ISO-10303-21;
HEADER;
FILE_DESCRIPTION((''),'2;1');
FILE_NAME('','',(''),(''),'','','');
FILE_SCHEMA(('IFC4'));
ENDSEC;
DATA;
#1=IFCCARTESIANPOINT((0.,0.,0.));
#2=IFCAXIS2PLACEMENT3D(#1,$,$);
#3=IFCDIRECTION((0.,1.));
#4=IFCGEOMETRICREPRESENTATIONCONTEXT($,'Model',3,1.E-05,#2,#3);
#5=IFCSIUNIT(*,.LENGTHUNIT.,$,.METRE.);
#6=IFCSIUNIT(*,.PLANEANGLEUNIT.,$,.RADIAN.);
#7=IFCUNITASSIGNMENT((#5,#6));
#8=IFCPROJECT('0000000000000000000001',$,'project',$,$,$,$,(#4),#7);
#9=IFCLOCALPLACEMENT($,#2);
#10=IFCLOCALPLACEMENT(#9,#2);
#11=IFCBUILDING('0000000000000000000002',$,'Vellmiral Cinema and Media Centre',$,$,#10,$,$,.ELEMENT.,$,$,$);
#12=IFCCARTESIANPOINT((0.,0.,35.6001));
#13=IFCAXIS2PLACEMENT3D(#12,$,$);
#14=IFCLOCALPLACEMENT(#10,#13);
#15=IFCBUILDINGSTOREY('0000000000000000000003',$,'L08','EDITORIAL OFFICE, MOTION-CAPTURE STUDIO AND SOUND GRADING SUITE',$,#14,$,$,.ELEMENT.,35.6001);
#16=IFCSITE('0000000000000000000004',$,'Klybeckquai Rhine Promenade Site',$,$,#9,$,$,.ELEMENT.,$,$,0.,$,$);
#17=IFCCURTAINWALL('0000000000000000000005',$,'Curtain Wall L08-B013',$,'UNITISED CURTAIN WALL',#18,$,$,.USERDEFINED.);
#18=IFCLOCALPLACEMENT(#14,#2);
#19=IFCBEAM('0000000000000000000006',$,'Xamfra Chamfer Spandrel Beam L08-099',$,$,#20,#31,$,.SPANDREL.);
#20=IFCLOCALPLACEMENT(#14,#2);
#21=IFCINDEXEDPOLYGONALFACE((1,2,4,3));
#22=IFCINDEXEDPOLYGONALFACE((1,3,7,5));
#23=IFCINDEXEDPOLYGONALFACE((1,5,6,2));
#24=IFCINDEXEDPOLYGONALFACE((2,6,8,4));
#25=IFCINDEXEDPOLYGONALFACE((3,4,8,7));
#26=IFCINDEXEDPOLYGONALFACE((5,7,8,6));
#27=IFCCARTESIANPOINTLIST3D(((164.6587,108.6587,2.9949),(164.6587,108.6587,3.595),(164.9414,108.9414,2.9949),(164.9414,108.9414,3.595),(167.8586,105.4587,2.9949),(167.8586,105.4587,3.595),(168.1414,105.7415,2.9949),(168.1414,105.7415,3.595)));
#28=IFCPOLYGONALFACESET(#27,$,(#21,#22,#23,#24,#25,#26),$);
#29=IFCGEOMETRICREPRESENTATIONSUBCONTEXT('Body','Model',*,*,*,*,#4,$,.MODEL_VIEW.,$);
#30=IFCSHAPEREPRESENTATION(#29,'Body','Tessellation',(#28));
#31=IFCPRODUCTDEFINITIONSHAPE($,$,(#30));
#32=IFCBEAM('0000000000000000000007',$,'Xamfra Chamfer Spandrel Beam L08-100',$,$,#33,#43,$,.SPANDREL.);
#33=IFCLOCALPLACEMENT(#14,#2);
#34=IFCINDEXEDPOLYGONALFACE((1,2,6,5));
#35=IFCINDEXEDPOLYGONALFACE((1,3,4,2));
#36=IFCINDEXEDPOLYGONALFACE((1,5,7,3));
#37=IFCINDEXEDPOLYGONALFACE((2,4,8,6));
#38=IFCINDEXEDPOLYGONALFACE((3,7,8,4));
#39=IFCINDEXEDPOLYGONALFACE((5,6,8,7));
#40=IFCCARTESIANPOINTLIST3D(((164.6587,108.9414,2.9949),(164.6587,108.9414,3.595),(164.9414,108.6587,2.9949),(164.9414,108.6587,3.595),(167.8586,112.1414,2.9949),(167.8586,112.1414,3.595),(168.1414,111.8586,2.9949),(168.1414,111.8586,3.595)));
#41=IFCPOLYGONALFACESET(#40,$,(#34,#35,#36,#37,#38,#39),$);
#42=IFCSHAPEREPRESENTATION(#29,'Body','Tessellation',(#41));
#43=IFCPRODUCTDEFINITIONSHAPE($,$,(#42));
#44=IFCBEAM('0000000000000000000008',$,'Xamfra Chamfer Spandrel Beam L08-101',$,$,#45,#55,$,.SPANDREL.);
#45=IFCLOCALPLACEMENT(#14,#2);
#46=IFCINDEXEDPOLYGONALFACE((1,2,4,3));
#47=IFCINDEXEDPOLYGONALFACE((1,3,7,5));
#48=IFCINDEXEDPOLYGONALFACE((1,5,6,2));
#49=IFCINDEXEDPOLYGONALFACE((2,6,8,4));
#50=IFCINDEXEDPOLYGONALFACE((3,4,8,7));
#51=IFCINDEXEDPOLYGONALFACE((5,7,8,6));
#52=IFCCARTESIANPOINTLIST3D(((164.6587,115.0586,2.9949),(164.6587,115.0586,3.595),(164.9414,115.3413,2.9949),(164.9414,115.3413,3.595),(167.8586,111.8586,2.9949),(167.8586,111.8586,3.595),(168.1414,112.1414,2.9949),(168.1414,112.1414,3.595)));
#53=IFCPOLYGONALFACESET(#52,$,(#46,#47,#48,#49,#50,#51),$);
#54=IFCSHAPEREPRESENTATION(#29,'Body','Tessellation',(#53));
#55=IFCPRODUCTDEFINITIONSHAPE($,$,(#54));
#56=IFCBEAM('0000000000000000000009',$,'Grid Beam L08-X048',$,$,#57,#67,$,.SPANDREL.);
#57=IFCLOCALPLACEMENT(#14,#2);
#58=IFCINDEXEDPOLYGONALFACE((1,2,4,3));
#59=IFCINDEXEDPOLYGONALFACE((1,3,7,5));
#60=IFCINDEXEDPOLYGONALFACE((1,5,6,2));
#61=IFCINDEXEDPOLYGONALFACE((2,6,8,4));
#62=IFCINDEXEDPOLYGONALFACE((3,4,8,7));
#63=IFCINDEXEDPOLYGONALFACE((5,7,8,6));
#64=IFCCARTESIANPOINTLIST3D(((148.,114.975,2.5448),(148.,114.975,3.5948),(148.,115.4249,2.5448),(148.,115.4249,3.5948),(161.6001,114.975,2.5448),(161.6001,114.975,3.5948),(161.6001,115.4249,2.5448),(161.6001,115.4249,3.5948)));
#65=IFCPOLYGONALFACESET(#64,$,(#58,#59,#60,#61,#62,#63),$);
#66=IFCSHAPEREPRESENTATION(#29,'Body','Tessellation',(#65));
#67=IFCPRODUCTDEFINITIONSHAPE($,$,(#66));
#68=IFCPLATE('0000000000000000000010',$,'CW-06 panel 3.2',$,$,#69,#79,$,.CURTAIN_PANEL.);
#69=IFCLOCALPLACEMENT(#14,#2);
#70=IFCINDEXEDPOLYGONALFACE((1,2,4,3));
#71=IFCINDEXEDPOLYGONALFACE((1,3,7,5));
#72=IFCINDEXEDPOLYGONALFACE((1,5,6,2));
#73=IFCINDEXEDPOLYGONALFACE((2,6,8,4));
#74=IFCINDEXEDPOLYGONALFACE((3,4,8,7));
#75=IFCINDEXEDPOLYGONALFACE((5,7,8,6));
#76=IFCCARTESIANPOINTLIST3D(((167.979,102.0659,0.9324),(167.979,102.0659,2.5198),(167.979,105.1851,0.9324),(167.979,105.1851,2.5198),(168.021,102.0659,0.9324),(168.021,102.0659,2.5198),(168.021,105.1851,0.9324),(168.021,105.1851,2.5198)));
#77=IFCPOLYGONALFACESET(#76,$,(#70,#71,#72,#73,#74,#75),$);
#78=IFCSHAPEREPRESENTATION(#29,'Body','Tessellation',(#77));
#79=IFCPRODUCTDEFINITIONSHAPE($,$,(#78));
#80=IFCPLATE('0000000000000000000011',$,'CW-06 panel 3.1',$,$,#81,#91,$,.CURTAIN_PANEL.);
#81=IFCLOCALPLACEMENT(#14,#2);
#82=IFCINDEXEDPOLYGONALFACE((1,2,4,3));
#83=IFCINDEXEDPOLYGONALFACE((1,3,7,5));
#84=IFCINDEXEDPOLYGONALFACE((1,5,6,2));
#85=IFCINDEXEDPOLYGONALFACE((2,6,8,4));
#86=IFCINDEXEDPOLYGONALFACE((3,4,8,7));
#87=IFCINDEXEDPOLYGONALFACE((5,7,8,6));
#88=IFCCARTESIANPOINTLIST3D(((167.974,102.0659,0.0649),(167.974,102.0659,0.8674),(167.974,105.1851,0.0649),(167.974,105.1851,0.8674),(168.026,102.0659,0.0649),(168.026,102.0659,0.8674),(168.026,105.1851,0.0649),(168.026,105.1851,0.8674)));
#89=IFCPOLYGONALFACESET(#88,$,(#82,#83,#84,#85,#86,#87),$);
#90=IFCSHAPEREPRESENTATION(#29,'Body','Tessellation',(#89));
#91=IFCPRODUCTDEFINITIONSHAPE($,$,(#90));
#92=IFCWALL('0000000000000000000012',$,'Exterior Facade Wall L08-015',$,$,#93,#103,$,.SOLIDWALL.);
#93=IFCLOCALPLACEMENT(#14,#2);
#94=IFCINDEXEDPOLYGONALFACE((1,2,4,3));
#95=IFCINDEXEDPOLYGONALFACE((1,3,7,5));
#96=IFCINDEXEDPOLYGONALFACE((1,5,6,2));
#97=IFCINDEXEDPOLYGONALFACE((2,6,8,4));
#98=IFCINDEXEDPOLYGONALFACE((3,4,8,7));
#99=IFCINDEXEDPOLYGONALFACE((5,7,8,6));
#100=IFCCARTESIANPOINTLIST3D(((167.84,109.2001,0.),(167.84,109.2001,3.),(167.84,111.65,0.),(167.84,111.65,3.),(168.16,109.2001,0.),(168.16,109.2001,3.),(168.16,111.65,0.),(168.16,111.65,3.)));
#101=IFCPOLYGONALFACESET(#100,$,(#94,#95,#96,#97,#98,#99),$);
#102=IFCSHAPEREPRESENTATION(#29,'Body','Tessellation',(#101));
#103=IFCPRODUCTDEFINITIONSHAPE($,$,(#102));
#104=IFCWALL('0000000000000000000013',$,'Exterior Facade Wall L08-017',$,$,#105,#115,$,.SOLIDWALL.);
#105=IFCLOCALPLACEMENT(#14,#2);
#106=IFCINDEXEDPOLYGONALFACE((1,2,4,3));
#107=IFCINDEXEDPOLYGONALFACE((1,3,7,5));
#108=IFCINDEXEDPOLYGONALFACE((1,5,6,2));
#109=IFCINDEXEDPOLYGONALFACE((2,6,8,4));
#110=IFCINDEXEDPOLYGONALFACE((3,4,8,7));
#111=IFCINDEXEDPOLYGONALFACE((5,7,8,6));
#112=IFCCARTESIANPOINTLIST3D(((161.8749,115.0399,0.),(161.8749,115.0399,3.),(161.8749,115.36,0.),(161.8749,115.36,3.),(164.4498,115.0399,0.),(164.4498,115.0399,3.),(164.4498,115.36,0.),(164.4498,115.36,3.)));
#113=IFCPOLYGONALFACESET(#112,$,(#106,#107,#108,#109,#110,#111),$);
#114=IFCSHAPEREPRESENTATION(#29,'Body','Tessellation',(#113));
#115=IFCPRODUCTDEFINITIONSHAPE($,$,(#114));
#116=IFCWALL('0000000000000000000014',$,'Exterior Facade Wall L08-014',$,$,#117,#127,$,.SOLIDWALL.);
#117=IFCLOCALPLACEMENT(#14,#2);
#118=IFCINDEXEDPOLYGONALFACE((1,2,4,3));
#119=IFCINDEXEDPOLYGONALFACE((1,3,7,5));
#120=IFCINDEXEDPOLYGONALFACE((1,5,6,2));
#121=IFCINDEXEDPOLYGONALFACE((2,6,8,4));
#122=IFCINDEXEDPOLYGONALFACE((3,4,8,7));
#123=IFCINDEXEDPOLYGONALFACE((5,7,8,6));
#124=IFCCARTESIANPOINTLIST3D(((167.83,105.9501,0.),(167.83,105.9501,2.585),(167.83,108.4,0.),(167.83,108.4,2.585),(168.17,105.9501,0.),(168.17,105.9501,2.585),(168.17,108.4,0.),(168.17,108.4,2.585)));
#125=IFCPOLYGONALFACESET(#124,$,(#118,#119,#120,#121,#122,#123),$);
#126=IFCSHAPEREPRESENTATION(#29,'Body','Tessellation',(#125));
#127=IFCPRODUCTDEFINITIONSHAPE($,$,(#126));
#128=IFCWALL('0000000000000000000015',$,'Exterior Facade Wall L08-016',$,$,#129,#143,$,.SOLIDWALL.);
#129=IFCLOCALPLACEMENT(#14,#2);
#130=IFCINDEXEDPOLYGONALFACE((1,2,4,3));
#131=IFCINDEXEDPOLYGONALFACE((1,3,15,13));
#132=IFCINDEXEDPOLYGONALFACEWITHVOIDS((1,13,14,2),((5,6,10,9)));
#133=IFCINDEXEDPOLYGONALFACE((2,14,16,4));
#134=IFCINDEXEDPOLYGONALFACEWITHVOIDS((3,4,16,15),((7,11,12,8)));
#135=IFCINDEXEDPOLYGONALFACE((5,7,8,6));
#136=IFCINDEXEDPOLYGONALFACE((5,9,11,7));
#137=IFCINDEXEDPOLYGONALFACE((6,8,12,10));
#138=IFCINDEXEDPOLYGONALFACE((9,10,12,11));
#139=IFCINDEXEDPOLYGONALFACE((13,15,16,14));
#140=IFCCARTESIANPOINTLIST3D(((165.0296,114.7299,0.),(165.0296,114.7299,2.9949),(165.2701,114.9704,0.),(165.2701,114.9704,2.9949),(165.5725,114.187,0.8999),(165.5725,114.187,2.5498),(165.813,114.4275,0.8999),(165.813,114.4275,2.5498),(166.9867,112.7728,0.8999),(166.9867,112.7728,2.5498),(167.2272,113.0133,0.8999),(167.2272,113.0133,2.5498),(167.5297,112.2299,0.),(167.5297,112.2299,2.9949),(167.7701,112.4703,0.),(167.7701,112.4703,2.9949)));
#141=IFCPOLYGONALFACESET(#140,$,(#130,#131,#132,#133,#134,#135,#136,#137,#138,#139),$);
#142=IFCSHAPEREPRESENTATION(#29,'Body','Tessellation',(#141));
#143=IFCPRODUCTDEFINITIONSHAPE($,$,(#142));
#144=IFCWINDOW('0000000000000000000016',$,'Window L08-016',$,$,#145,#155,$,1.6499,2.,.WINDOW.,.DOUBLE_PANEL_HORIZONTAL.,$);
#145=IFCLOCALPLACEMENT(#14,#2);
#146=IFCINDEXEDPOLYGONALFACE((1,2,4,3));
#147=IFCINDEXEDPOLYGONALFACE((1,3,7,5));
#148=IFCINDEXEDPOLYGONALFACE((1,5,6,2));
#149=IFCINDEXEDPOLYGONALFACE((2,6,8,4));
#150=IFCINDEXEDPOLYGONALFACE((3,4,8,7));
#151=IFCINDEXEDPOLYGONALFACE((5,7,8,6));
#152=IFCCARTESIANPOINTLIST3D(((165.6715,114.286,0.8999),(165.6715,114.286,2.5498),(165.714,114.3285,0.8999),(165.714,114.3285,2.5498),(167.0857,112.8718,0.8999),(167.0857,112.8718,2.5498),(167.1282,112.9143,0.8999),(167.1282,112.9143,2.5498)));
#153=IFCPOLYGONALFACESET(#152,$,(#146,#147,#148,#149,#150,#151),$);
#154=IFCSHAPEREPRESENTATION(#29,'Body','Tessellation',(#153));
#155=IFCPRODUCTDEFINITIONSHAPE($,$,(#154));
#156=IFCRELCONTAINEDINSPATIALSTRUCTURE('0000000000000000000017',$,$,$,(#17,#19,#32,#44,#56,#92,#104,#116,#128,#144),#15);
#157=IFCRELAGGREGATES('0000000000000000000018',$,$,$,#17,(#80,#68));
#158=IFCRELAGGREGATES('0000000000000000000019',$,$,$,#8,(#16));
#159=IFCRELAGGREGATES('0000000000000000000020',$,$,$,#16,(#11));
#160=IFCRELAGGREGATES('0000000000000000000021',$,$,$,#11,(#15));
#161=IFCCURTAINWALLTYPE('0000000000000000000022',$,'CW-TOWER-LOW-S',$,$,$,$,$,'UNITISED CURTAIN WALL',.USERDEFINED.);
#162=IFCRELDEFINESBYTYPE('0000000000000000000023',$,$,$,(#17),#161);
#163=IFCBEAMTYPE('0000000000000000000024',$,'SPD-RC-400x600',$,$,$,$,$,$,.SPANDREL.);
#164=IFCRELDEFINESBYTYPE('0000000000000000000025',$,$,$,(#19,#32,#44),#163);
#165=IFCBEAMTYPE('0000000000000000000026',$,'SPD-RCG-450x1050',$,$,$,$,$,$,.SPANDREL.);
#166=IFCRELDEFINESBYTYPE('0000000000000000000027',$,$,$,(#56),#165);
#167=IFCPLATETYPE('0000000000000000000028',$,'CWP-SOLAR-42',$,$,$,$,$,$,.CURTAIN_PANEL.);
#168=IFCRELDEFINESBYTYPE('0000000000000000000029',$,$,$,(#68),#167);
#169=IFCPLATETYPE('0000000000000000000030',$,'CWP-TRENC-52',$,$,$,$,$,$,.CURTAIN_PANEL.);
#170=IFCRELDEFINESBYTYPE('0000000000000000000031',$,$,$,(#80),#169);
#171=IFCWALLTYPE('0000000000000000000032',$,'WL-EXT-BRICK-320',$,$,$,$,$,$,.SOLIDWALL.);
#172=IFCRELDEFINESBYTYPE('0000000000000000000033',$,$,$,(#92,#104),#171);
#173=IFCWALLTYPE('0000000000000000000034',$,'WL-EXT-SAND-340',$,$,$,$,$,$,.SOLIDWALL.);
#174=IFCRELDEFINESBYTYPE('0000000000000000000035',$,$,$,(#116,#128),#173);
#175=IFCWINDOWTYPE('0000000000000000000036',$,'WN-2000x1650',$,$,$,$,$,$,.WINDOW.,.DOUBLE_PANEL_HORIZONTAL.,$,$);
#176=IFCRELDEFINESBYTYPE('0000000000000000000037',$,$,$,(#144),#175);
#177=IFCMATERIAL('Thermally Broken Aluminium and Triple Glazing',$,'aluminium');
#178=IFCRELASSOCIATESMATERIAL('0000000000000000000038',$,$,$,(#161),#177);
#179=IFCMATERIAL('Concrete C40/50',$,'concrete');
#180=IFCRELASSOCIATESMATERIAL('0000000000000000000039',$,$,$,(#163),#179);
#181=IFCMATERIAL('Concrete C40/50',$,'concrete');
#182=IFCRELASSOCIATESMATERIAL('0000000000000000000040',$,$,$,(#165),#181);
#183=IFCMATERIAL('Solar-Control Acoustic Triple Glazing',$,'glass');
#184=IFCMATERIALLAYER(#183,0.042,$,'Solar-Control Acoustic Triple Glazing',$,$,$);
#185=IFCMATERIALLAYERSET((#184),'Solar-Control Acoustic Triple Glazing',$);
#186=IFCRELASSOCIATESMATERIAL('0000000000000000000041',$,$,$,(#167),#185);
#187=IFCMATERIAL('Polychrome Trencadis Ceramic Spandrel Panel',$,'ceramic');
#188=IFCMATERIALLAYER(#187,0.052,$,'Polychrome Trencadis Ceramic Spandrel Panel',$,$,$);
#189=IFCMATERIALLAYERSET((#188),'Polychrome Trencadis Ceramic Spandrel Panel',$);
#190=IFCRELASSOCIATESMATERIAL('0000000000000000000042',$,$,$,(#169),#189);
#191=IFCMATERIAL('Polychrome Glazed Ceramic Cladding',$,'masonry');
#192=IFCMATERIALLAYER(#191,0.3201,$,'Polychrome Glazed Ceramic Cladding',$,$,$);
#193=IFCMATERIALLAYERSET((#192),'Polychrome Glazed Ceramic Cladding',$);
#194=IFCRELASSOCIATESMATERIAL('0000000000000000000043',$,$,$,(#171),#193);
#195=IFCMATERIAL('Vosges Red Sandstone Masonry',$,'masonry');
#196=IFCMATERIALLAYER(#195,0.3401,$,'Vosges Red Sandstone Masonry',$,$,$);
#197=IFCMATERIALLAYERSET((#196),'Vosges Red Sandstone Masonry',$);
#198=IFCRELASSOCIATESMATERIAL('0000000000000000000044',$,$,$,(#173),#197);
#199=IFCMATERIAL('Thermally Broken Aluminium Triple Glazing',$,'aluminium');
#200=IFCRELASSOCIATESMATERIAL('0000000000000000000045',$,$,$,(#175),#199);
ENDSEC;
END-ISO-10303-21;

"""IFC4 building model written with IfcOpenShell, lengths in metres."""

from ifc_helpers import new_model, si_unit, direction, frame, frame_2d, origin, origin_2d, place, context, subcontext, project, spatial, rectangle, extrude, material, layer, layer_set, material_profile, profile_set, type_object, element, fill, aggregate, save


model = new_model("IFC4")

# Units and contexts
model_context = context("Model", 3, precision=1e-05, world=origin(), true_north=direction((0.0, 1.0)))
body_context = subcontext(model_context, "Body", "Model", "MODEL_VIEW")
ifc_project = project(units=[si_unit("LENGTHUNIT", "METRE"), si_unit("PLANEANGLEUNIT", "RADIAN")], contexts=[model_context])

# Site, building, storey
site_placement = place(None, origin())
site = spatial("IfcSite", under=ifc_project, at=site_placement, Name="Klybeckquai Rhine Promenade Site", CompositionType="ELEMENT", RefElevation=0.0)
building_placement = place(site_placement, origin())
building = spatial("IfcBuilding", under=site, at=building_placement, Name="Vellmiral Cinema and Media Centre", CompositionType="ELEMENT")
storey_placement = place(building_placement, frame((0.0, 0.0, 35.6001)))
storey = spatial("IfcBuildingStorey", under=building, at=storey_placement, Name="L08", Description="EDITORIAL OFFICE, MOTION-CAPTURE STUDIO AND SOUND GRADING SUITE", CompositionType="ELEMENT", Elevation=35.6001)

# Curtain wall
ifc_material_1 = material(Name="Thermally Broken Aluminium and Triple Glazing", Category="aluminium")
curtain_wall_type = type_object("IfcCurtainWallType", Name="CW-TOWER-LOW-S", ElementType="UNITISED CURTAIN WALL", PredefinedType="USERDEFINED", material=ifc_material_1)
curtain_wall_placement = place(storey_placement, origin())
curtain_wall = element("IfcCurtainWall", 1, at=curtain_wall_placement, inside=storey, type_object=curtain_wall_type, Name="Curtain Wall L08-B013", ObjectType="UNITISED CURTAIN WALL", PredefinedType="USERDEFINED")

# Beams
ifc_material_2 = material(Name="Concrete C40/50", Category="concrete")
ifc_material_profile_1 = material_profile(ifc_material_2, rectangle(XDim=0.3999, YDim=0.6001, at=origin_2d()), Name="RC 400x600")
ifc_profile_set_1 = profile_set([ifc_material_profile_1], Name="Concrete C40/50")
beam_type_1 = type_object("IfcBeamType", Name="SPD-RC-400x600", PredefinedType="SPANDREL", material=ifc_profile_set_1)
for number, where, z_axis, x_axis, name in (
    (2, (164.8, 108.8, 3.2949), (0.707107, -0.707107, 0.0), (0.707107, 0.707107, 0.0), "Xamfra Chamfer Spandrel Beam L08-099"),
    (3, (164.8, 108.8, 3.2949), (0.707107, 0.707107, 0.0), (-0.707107, 0.707107, 0.0), "Xamfra Chamfer Spandrel Beam L08-100"),
    (4, (164.8, 115.2, 3.2949), (0.707107, -0.707107, 0.0), (0.707107, 0.707107, 0.0), "Xamfra Chamfer Spandrel Beam L08-101"),
):
    element("IfcBeam", number, at=place(storey_placement, frame(where, z_axis=z_axis, x_axis=x_axis)), inside=storey, type_object=beam_type_1, Name=name, PredefinedType="SPANDREL", context=body_context, shape_type="SweptSolid", body=[
        extrude(rectangle(XDim=0.3999, YDim=0.6001, at=origin_2d()), origin(), (0.0, 0.0, 1.0), 4.5254),
    ])
ifc_material_3 = material(Name="Concrete C40/50", Category="concrete")
ifc_material_profile_2 = material_profile(ifc_material_3, rectangle(XDim=0.45, YDim=1.05, at=origin_2d()), Name="RC 450x1050")
ifc_profile_set_2 = profile_set([ifc_material_profile_2], Name="Concrete C40/50")
beam_type_2 = type_object("IfcBeamType", Name="SPD-RCG-450x1050", PredefinedType="SPANDREL", material=ifc_profile_set_2)
beam_1_placement = place(storey_placement, frame((148.0, 115.2, 3.0698), z_axis=(1.0, 0.0, 0.0), x_axis=(0.0, 1.0, 0.0)))
element("IfcBeam", 5, at=beam_1_placement, inside=storey, type_object=beam_type_2, Name="Grid Beam L08-X048", PredefinedType="SPANDREL", context=body_context, shape_type="SweptSolid", body=[
    extrude(rectangle(XDim=0.45, YDim=1.05, at=origin_2d()), origin(), (0.0, 0.0, 1.0), 13.6001),
])

# Plates
ifc_material_4 = material(Name="Solar-Control Acoustic Triple Glazing", Category="glass")
ifc_layer_1 = layer(ifc_material_4, 0.042, Name="Solar-Control Acoustic Triple Glazing")
ifc_layer_set_1 = layer_set([ifc_layer_1], Name="Solar-Control Acoustic Triple Glazing")
plate_type_1 = type_object("IfcPlateType", Name="CWP-SOLAR-42", PredefinedType="CURTAIN_PANEL", material=ifc_layer_set_1)
plate_1_placement = place(storey_placement, frame((168.0, 103.6255, 0.9324), z_axis=(0.0, 0.0, 1.0), x_axis=(0.0, 1.0, 0.0)))
plate_1 = element("IfcPlate", 6, at=plate_1_placement, type_object=plate_type_1, Name="CW-06 panel 3.2", PredefinedType="CURTAIN_PANEL", context=body_context, shape_type="SweptSolid", body=[
    extrude(rectangle(XDim=3.1191, YDim=0.042, at=origin_2d()), origin(), (0.0, 0.0, 1.0), 1.5874),
])
ifc_material_5 = material(Name="Polychrome Trencadis Ceramic Spandrel Panel", Category="ceramic")
ifc_layer_2 = layer(ifc_material_5, 0.052, Name="Polychrome Trencadis Ceramic Spandrel Panel")
ifc_layer_set_2 = layer_set([ifc_layer_2], Name="Polychrome Trencadis Ceramic Spandrel Panel")
plate_type_2 = type_object("IfcPlateType", Name="CWP-TRENC-52", PredefinedType="CURTAIN_PANEL", material=ifc_layer_set_2)
plate_2_placement = place(storey_placement, frame((168.0, 103.6255, 0.0649), z_axis=(0.0, 0.0, 1.0), x_axis=(0.0, 1.0, 0.0)))
plate_2 = element("IfcPlate", 7, at=plate_2_placement, type_object=plate_type_2, Name="CW-06 panel 3.1", PredefinedType="CURTAIN_PANEL", context=body_context, shape_type="SweptSolid", body=[
    extrude(rectangle(XDim=3.1191, YDim=0.052, at=origin_2d()), origin(), (0.0, 0.0, 1.0), 0.8025),
])
aggregate(curtain_wall, [plate_2, plate_1])

# Walls
ifc_material_6 = material(Name="Polychrome Glazed Ceramic Cladding", Category="masonry")
ifc_layer_3 = layer(ifc_material_6, 0.3201, Name="Polychrome Glazed Ceramic Cladding")
ifc_layer_set_3 = layer_set([ifc_layer_3], Name="Polychrome Glazed Ceramic Cladding")
wall_type_1 = type_object("IfcWallType", Name="WL-EXT-BRICK-320", PredefinedType="SOLIDWALL", material=ifc_layer_set_3)
wall_1_placement = place(storey_placement, frame((168.0, 109.2, 0.0), z_axis=(0.0, 0.0, 1.0), x_axis=(0.0, 1.0, 0.0)))
element("IfcWall", 8, at=wall_1_placement, inside=storey, type_object=wall_type_1, Name="Exterior Facade Wall L08-015", PredefinedType="SOLIDWALL", context=body_context, shape_type="SweptSolid", body=[
    extrude(rectangle(XDim=2.45, YDim=0.3201, at=frame_2d((1.2251, 0.0))), origin(), (0.0, 0.0, 1.0), 3.0),
])
wall_2_placement = place(storey_placement, frame((164.45, 115.2, 0.0), z_axis=(0.0, 0.0, 1.0), x_axis=(-1.0, 0.0, 0.0)))
element("IfcWall", 9, at=wall_2_placement, inside=storey, type_object=wall_type_1, Name="Exterior Facade Wall L08-017", PredefinedType="SOLIDWALL", context=body_context, shape_type="SweptSolid", body=[
    extrude(rectangle(XDim=2.575, YDim=0.3201, at=frame_2d((1.2876, 0.0))), origin(), (0.0, 0.0, 1.0), 3.0),
])
ifc_material_7 = material(Name="Vosges Red Sandstone Masonry", Category="masonry")
ifc_layer_4 = layer(ifc_material_7, 0.3401, Name="Vosges Red Sandstone Masonry")
ifc_layer_set_4 = layer_set([ifc_layer_4], Name="Vosges Red Sandstone Masonry")
wall_type_2 = type_object("IfcWallType", Name="WL-EXT-SAND-340", PredefinedType="SOLIDWALL", material=ifc_layer_set_4)
wall_3_placement = place(storey_placement, frame((168.0, 105.95, 0.0), z_axis=(0.0, 0.0, 1.0), x_axis=(0.0, 1.0, 0.0)))
element("IfcWall", 10, at=wall_3_placement, inside=storey, type_object=wall_type_2, Name="Exterior Facade Wall L08-014", PredefinedType="SOLIDWALL", context=body_context, shape_type="SweptSolid", body=[
    extrude(rectangle(XDim=2.45, YDim=0.3401, at=frame_2d((1.2251, 0.0))), origin(), (0.0, 0.0, 1.0), 2.585),
])

# Wall, opening, window
wall_4_placement = place(storey_placement, frame((167.6499, 112.3501, 0.0), z_axis=(0.0, 0.0, 1.0), x_axis=(-0.707107, 0.707107, 0.0)))
wall_4 = element("IfcWall", 11, at=wall_4_placement, inside=storey, type_object=wall_type_2, Name="Exterior Facade Wall L08-016", PredefinedType="SOLIDWALL", context=body_context, shape_type="SweptSolid", body=[
    extrude(rectangle(XDim=3.5356, YDim=0.3401, at=frame_2d((1.7678, 0.0))), origin(), (0.0, 0.0, 1.0), 2.9949),
])
opening_1_placement = place(wall_4_placement, frame((0.7678, 0.0, 0.8999)))
opening_1 = element("IfcOpeningElement", 12, at=opening_1_placement, cuts=wall_4, PredefinedType="OPENING", context=body_context, shape_type="SweptSolid", body=[
    extrude(rectangle(XDim=2.0, YDim=1.6499, at=frame_2d((1.0, 0.825))), frame((0.0, 0.1821, 0.0), z_axis=(0.0, -1.0, 0.0), x_axis=(1.0, 0.0, 0.0)), (0.0, 0.0, 1.0), 0.364),
])
ifc_material_8 = material(Name="Thermally Broken Aluminium Triple Glazing", Category="aluminium")
window_type_1 = type_object("IfcWindowType", Name="WN-2000x1650", PartitioningType="DOUBLE_PANEL_HORIZONTAL", PredefinedType="WINDOW", material=ifc_material_8)
window_1_placement = place(opening_1_placement, origin())
window_1 = element("IfcWindow", 13, at=window_1_placement, inside=storey, type_object=window_type_1, Name="Window L08-016", OverallHeight=1.6499, OverallWidth=2.0, PartitioningType="DOUBLE_PANEL_HORIZONTAL", PredefinedType="WINDOW", context=body_context, shape_type="SweptSolid", body=[
    extrude(rectangle(XDim=2.0, YDim=1.6499, at=frame_2d((1.0, 0.825))), frame((0.0, 0.03, 0.0), z_axis=(0.0, -1.0, 0.0), x_axis=(1.0, 0.0, 0.0)), (0.0, 0.0, 1.0), 0.0601),
])
fill(opening_1, window_1)

save(model, "model.ifc")
